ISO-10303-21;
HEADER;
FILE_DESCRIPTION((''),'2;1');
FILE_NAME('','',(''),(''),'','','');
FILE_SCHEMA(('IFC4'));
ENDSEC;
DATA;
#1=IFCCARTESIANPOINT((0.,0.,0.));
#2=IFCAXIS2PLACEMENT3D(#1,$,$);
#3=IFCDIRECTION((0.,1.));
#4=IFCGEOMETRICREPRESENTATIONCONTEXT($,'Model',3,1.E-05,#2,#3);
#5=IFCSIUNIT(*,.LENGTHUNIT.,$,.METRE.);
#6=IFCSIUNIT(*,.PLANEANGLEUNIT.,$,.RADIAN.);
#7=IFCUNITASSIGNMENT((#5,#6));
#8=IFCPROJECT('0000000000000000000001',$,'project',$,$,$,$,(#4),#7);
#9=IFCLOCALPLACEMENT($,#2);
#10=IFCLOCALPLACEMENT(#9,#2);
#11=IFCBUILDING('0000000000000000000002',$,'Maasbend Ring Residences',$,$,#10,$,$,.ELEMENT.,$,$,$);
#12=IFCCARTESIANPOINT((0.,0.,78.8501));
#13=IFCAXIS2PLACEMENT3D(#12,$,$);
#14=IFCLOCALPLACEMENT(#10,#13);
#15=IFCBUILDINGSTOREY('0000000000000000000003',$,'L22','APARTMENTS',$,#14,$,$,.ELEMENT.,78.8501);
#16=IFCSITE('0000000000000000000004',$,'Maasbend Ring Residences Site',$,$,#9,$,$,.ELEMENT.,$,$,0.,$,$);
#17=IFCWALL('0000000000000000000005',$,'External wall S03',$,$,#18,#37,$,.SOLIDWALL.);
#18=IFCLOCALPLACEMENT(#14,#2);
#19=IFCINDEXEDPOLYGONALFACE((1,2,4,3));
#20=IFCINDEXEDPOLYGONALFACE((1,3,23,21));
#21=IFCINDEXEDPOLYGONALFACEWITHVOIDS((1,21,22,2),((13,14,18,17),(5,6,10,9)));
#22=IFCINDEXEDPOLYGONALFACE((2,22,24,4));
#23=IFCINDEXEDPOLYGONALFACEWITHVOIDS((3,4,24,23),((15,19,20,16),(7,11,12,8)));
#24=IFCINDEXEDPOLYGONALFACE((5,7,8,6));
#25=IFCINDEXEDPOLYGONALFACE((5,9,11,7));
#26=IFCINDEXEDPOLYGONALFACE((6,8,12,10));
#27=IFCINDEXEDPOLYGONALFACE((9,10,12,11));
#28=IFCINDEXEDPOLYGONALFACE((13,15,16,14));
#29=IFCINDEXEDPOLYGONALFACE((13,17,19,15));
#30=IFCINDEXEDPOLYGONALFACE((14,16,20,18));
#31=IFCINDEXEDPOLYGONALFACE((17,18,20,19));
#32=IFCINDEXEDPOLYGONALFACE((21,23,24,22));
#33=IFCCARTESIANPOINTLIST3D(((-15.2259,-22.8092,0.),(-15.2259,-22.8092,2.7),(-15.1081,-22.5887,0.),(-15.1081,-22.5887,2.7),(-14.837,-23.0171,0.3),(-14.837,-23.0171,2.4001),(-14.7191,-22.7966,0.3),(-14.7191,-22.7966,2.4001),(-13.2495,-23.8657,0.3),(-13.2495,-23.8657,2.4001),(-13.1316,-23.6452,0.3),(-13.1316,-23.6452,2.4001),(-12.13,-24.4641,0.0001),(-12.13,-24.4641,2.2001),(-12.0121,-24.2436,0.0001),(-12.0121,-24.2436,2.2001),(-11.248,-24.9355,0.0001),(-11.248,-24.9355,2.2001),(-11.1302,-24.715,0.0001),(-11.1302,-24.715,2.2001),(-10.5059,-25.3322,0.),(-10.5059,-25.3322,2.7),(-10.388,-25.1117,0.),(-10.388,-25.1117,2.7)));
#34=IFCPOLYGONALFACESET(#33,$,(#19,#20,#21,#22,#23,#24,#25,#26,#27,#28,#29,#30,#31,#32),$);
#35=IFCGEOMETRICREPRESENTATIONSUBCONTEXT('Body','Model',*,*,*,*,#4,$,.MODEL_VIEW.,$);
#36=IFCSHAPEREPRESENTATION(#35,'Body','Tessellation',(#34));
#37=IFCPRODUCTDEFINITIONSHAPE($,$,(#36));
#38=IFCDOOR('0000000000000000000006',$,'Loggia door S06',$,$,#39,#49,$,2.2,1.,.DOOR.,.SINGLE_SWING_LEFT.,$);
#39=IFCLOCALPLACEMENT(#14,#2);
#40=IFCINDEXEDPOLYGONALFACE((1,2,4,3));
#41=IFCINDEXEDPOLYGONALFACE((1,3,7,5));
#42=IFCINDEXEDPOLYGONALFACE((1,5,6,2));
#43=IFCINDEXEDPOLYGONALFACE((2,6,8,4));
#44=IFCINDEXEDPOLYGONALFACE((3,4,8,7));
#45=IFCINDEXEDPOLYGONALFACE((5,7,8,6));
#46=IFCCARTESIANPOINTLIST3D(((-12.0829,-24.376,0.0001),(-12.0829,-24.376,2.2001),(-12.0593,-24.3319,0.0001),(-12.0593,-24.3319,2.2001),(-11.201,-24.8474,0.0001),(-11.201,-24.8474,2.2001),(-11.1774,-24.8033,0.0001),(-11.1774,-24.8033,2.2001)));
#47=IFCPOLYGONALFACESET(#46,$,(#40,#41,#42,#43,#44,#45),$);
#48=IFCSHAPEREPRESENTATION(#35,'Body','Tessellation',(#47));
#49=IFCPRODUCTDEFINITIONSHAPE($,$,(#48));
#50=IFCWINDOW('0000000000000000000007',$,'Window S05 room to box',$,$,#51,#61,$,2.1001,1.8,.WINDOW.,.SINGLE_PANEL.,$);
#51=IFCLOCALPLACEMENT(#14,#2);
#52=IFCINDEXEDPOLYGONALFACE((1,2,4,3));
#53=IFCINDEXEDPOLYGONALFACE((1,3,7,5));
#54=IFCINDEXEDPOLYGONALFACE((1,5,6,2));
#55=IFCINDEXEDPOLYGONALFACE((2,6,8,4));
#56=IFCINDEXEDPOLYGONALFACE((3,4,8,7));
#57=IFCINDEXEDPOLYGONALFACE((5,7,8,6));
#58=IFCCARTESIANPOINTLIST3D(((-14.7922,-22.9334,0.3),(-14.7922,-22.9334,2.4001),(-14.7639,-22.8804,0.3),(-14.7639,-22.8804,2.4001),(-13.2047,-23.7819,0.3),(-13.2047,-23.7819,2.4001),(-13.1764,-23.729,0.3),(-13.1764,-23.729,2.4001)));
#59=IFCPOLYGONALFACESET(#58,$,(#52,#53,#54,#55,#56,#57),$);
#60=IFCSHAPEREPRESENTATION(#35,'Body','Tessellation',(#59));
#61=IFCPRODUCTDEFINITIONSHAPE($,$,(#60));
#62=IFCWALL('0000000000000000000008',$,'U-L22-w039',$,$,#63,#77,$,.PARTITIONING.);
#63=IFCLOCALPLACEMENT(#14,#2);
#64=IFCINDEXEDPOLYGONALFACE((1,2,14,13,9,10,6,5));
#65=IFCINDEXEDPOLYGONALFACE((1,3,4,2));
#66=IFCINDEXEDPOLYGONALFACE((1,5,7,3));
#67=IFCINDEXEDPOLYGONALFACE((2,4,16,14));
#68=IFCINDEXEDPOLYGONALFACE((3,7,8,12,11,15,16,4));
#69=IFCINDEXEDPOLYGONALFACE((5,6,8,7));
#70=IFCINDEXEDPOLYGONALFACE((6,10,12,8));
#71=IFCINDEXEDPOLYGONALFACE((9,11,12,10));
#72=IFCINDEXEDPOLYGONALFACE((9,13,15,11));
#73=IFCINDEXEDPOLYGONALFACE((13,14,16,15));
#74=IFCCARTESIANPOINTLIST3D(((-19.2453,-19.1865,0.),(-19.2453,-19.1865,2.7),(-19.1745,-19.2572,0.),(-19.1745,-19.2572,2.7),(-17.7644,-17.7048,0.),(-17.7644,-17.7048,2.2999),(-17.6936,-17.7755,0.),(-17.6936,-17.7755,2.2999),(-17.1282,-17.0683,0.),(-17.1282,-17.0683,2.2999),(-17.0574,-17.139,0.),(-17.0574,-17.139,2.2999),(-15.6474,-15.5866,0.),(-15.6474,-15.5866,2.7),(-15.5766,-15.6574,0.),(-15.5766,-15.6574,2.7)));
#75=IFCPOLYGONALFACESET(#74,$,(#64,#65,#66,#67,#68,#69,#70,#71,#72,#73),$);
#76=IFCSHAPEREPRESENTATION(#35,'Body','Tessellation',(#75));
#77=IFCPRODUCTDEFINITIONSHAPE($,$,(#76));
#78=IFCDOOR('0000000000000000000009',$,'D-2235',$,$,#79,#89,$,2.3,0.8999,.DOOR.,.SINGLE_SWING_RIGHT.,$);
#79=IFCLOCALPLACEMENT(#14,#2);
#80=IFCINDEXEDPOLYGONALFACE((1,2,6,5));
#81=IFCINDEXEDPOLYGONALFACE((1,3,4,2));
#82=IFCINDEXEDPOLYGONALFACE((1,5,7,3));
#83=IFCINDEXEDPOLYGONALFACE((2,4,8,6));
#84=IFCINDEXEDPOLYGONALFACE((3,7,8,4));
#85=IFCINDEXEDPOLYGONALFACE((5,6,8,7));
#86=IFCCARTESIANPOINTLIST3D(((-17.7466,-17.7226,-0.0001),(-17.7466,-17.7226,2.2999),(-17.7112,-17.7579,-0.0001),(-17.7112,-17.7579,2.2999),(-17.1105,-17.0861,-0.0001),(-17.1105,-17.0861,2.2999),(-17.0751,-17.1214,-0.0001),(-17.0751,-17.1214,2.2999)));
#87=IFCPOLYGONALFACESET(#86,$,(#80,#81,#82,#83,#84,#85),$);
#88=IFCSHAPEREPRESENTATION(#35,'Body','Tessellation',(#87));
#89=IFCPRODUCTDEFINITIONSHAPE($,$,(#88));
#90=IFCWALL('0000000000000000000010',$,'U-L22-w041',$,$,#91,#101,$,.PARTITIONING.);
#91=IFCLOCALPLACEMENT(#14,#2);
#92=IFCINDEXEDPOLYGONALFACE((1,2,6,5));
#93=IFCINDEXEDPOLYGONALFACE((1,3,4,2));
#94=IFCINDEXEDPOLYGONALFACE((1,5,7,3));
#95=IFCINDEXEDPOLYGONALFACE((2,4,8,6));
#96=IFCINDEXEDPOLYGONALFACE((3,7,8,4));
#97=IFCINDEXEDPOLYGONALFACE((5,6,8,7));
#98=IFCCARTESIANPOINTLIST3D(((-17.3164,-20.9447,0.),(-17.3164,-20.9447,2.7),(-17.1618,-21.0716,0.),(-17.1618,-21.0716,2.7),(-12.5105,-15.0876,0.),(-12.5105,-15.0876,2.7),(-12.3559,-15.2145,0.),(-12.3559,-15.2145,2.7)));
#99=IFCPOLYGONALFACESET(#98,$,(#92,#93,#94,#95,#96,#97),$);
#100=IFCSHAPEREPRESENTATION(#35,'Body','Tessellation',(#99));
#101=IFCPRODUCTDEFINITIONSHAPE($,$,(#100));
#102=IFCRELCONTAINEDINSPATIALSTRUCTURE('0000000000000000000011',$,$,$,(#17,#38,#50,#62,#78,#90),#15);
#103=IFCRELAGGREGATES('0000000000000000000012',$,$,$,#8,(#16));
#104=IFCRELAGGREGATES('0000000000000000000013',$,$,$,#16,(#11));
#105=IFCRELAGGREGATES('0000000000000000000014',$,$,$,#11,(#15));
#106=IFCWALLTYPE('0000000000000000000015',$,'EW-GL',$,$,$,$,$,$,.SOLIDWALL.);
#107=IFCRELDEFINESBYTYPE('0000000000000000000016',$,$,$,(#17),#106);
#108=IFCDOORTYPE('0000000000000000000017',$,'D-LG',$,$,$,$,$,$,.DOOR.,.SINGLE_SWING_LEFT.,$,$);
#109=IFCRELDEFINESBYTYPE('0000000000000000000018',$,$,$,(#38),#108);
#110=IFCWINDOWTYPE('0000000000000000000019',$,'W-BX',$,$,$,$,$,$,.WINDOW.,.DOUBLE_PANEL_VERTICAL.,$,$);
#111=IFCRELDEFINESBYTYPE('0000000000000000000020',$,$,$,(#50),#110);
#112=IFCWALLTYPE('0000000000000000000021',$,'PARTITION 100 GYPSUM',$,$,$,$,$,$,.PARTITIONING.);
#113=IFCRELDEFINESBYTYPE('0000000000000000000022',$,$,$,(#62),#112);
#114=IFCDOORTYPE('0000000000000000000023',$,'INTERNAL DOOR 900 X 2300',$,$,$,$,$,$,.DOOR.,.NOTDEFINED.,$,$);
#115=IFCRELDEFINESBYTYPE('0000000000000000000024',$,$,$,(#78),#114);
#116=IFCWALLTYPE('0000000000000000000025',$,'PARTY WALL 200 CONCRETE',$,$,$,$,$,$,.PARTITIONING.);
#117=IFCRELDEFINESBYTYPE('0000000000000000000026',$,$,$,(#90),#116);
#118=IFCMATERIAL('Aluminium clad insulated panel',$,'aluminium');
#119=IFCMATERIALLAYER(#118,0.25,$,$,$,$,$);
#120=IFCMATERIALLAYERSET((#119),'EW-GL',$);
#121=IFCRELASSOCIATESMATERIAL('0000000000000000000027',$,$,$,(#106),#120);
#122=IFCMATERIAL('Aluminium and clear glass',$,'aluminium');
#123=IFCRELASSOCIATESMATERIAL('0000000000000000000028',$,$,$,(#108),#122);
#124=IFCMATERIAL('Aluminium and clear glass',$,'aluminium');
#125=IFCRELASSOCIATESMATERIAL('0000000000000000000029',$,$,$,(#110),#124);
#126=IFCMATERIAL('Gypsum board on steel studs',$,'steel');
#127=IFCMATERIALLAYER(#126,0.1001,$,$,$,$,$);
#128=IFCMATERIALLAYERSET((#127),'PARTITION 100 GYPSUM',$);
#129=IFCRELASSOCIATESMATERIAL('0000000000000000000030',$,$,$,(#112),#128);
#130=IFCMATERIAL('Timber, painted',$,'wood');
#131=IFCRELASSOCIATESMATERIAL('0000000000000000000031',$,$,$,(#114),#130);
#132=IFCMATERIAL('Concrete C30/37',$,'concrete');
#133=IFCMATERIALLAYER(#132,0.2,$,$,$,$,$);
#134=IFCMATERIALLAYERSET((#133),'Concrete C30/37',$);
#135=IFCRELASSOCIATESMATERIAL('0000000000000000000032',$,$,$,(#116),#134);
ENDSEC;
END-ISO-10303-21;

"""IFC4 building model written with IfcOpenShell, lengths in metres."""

from ifc_helpers import new_model, si_unit, direction, frame, frame_2d, origin, place, context, subcontext, project, spatial, rectangle, extrude, material, layer, layer_set, type_object, element, fill, save


model = new_model("IFC4")

# Units and contexts
model_context = context("Model", 3, precision=1e-05, world=origin(), true_north=direction((0.0, 1.0)))
body_context = subcontext(model_context, "Body", "Model", "MODEL_VIEW")
ifc_project = project(units=[si_unit("LENGTHUNIT", "METRE"), si_unit("PLANEANGLEUNIT", "RADIAN")], contexts=[model_context])

# Site, building, storey
site_placement = place(None, origin())
site = spatial("IfcSite", under=ifc_project, at=site_placement, Name="Maasbend Ring Residences Site", CompositionType="ELEMENT", RefElevation=0.0)
building_placement = place(site_placement, origin())
building = spatial("IfcBuilding", under=site, at=building_placement, Name="Maasbend Ring Residences", CompositionType="ELEMENT")
storey_placement = place(building_placement, frame((0.0, 0.0, 78.8501)))
storey = spatial("IfcBuildingStorey", under=building, at=storey_placement, Name="L22", Description="APARTMENTS", CompositionType="ELEMENT", Elevation=78.8501)

# Wall, openings, door, window
ifc_material_1 = material(Name="Aluminium clad insulated panel", Category="aluminium")
ifc_layer_1 = layer(ifc_material_1, 0.25)
ifc_layer_set_1 = layer_set([ifc_layer_1], Name="EW-GL")
wall_type_1 = type_object("IfcWallType", Name="EW-GL", PredefinedType="SOLIDWALL", material=ifc_layer_set_1)
ifc_material_2 = material(Name="Aluminium and clear glass", Category="aluminium")
door_type_1 = type_object("IfcDoorType", Name="D-LG", OperationType="SINGLE_SWING_LEFT", PredefinedType="DOOR", material=ifc_material_2)
ifc_material_3 = material(Name="Aluminium and clear glass", Category="aluminium")
window_type_1 = type_object("IfcWindowType", Name="W-BX", PartitioningType="DOUBLE_PANEL_VERTICAL", PredefinedType="WINDOW", material=ifc_material_3)
wall_1_placement = place(storey_placement, frame((-15.167, -22.699, 0.0), z_axis=(0.0, 0.0, 1.0), x_axis=(0.881916, -0.471407, 0.0)))
wall_1 = element("IfcWall", 1, at=wall_1_placement, inside=storey, type_object=wall_type_1, Name="External wall S03", PredefinedType="SOLIDWALL", context=body_context, shape_type="SweptSolid", body=[
    extrude(rectangle(XDim=5.3521, YDim=0.25, at=frame_2d((2.676, 0.0))), origin(), (0.0, 0.0, 1.0), 2.7),
])
opening_1_placement = place(wall_1_placement, frame((0.4412, 0.0, 0.3)))
opening_1 = element("IfcOpeningElement", 2, at=opening_1_placement, cuts=wall_1, PredefinedType="OPENING", context=body_context, shape_type="SweptSolid", body=[
    extrude(rectangle(XDim=1.8, YDim=2.1001, at=frame_2d((0.8999, 1.05))), frame((0.0, 0.135, 0.0), z_axis=(0.0, -1.0, 0.0), x_axis=(1.0, 0.0, 0.0)), (0.0, 0.0, 1.0), 0.27),
])
opening_2_placement = place(wall_1_placement, frame((3.5105, 0.0, 0.0)))
opening_2 = element("IfcOpeningElement", 3, at=opening_2_placement, cuts=wall_1, PredefinedType="OPENING", context=body_context, shape_type="SweptSolid", body=[
    extrude(rectangle(XDim=1.0, YDim=2.2, at=frame_2d((0.5, 1.1001))), frame((0.0, 0.135, 0.0), z_axis=(0.0, -1.0, 0.0), x_axis=(1.0, 0.0, 0.0)), (0.0, 0.0, 1.0), 0.27),
])
door_1_placement = place(opening_2_placement, origin())
door_1 = element("IfcDoor", 4, at=door_1_placement, inside=storey, type_object=door_type_1, Name="Loggia door S06", OperationType="SINGLE_SWING_LEFT", OverallHeight=2.2, OverallWidth=1.0, PredefinedType="DOOR", context=body_context, shape_type="SweptSolid", body=[
    extrude(rectangle(XDim=1.0, YDim=2.2, at=frame_2d((0.5, 1.1001))), frame((0.0, 0.0249, 0.0), z_axis=(0.0, -1.0, 0.0), x_axis=(1.0, 0.0, 0.0)), (0.0, 0.0, 1.0), 0.05),
])
fill(opening_2, door_1)
window_1_placement = place(opening_1_placement, origin())
window_1 = element("IfcWindow", 5, at=window_1_placement, inside=storey, type_object=window_type_1, Name="Window S05 room to box", OverallHeight=2.1001, OverallWidth=1.8, PartitioningType="SINGLE_PANEL", PredefinedType="WINDOW", context=body_context, shape_type="SweptSolid", body=[
    extrude(rectangle(XDim=1.8, YDim=2.1001, at=frame_2d((0.8999, 1.05))), frame((0.0, 0.03, 0.0), z_axis=(0.0, -1.0, 0.0), x_axis=(1.0, 0.0, 0.0)), (0.0, 0.0, 1.0), 0.0601),
])
fill(opening_1, window_1)

# Wall, opening, door
ifc_material_4 = material(Name="Gypsum board on steel studs", Category="steel")
ifc_layer_2 = layer(ifc_material_4, 0.1001)
ifc_layer_set_2 = layer_set([ifc_layer_2], Name="PARTITION 100 GYPSUM")
wall_type_2 = type_object("IfcWallType", Name="PARTITION 100 GYPSUM", PredefinedType="PARTITIONING", material=ifc_layer_set_2)
wall_2_placement = place(storey_placement, frame((-19.21, -19.2219, 0.0), z_axis=(0.0, 0.0, 1.0), x_axis=(0.706915, 0.707299, 0.0)))
wall_2 = element("IfcWall", 6, at=wall_2_placement, inside=storey, type_object=wall_type_2, Name="U-L22-w039", PredefinedType="PARTITIONING", context=body_context, shape_type="SweptSolid", body=[
    extrude(rectangle(XDim=5.0896, YDim=0.1001, at=frame_2d((2.5449, 0.0))), origin(), (0.0, 0.0, 1.0), 2.7),
])
opening_3_placement = place(wall_2_placement, frame((2.095, 0.0, 0.0)))
opening_3 = element("IfcOpeningElement", 7, at=opening_3_placement, cuts=wall_2, PredefinedType="OPENING", context=body_context, shape_type="SweptSolid", body=[
    extrude(rectangle(XDim=0.8999, YDim=2.3, at=frame_2d((0.45, 1.1499))), frame((0.0, 0.0601, 0.0), z_axis=(0.0, -1.0, 0.0), x_axis=(1.0, 0.0, 0.0)), (0.0, 0.0, 1.0), 0.1201),
])
ifc_material_5 = material(Name="Timber, painted", Category="wood")
door_type_2 = type_object("IfcDoorType", Name="INTERNAL DOOR 900 X 2300", OperationType="NOTDEFINED", PredefinedType="DOOR", material=ifc_material_5)
door_2_placement = place(opening_3_placement, origin())
door_2 = element("IfcDoor", 8, at=door_2_placement, inside=storey, type_object=door_type_2, Name="D-2235", OperationType="SINGLE_SWING_RIGHT", OverallHeight=2.3, OverallWidth=0.8999, PredefinedType="DOOR", context=body_context, shape_type="SweptSolid", body=[
    extrude(rectangle(XDim=0.8999, YDim=2.3, at=frame_2d((0.45, 1.1499))), frame((0.0, 0.0249, 0.0), z_axis=(0.0, -1.0, 0.0), x_axis=(1.0, 0.0, 0.0)), (0.0, 0.0, 1.0), 0.05),
])
fill(opening_3, door_2)

# Wall
ifc_material_6 = material(Name="Concrete C30/37", Category="concrete")
ifc_layer_3 = layer(ifc_material_6, 0.2)
ifc_layer_set_3 = layer_set([ifc_layer_3], Name="Concrete C30/37")
wall_type_3 = type_object("IfcWallType", Name="PARTY WALL 200 CONCRETE", PredefinedType="PARTITIONING", material=ifc_layer_set_3)
wall_3_placement = place(storey_placement, frame((-17.239, -21.0081, 0.0), z_axis=(0.0, 0.0, 1.0), x_axis=(0.634318, 0.773072, 0.0)))
element("IfcWall", 9, at=wall_3_placement, inside=storey, type_object=wall_type_3, Name="U-L22-w041", PredefinedType="PARTITIONING", context=body_context, shape_type="SweptSolid", body=[
    extrude(rectangle(XDim=7.5764, YDim=0.2, at=frame_2d((3.7881, 0.0))), origin(), (0.0, 0.0, 1.0), 2.7),
])

save(model, "model.ifc")
